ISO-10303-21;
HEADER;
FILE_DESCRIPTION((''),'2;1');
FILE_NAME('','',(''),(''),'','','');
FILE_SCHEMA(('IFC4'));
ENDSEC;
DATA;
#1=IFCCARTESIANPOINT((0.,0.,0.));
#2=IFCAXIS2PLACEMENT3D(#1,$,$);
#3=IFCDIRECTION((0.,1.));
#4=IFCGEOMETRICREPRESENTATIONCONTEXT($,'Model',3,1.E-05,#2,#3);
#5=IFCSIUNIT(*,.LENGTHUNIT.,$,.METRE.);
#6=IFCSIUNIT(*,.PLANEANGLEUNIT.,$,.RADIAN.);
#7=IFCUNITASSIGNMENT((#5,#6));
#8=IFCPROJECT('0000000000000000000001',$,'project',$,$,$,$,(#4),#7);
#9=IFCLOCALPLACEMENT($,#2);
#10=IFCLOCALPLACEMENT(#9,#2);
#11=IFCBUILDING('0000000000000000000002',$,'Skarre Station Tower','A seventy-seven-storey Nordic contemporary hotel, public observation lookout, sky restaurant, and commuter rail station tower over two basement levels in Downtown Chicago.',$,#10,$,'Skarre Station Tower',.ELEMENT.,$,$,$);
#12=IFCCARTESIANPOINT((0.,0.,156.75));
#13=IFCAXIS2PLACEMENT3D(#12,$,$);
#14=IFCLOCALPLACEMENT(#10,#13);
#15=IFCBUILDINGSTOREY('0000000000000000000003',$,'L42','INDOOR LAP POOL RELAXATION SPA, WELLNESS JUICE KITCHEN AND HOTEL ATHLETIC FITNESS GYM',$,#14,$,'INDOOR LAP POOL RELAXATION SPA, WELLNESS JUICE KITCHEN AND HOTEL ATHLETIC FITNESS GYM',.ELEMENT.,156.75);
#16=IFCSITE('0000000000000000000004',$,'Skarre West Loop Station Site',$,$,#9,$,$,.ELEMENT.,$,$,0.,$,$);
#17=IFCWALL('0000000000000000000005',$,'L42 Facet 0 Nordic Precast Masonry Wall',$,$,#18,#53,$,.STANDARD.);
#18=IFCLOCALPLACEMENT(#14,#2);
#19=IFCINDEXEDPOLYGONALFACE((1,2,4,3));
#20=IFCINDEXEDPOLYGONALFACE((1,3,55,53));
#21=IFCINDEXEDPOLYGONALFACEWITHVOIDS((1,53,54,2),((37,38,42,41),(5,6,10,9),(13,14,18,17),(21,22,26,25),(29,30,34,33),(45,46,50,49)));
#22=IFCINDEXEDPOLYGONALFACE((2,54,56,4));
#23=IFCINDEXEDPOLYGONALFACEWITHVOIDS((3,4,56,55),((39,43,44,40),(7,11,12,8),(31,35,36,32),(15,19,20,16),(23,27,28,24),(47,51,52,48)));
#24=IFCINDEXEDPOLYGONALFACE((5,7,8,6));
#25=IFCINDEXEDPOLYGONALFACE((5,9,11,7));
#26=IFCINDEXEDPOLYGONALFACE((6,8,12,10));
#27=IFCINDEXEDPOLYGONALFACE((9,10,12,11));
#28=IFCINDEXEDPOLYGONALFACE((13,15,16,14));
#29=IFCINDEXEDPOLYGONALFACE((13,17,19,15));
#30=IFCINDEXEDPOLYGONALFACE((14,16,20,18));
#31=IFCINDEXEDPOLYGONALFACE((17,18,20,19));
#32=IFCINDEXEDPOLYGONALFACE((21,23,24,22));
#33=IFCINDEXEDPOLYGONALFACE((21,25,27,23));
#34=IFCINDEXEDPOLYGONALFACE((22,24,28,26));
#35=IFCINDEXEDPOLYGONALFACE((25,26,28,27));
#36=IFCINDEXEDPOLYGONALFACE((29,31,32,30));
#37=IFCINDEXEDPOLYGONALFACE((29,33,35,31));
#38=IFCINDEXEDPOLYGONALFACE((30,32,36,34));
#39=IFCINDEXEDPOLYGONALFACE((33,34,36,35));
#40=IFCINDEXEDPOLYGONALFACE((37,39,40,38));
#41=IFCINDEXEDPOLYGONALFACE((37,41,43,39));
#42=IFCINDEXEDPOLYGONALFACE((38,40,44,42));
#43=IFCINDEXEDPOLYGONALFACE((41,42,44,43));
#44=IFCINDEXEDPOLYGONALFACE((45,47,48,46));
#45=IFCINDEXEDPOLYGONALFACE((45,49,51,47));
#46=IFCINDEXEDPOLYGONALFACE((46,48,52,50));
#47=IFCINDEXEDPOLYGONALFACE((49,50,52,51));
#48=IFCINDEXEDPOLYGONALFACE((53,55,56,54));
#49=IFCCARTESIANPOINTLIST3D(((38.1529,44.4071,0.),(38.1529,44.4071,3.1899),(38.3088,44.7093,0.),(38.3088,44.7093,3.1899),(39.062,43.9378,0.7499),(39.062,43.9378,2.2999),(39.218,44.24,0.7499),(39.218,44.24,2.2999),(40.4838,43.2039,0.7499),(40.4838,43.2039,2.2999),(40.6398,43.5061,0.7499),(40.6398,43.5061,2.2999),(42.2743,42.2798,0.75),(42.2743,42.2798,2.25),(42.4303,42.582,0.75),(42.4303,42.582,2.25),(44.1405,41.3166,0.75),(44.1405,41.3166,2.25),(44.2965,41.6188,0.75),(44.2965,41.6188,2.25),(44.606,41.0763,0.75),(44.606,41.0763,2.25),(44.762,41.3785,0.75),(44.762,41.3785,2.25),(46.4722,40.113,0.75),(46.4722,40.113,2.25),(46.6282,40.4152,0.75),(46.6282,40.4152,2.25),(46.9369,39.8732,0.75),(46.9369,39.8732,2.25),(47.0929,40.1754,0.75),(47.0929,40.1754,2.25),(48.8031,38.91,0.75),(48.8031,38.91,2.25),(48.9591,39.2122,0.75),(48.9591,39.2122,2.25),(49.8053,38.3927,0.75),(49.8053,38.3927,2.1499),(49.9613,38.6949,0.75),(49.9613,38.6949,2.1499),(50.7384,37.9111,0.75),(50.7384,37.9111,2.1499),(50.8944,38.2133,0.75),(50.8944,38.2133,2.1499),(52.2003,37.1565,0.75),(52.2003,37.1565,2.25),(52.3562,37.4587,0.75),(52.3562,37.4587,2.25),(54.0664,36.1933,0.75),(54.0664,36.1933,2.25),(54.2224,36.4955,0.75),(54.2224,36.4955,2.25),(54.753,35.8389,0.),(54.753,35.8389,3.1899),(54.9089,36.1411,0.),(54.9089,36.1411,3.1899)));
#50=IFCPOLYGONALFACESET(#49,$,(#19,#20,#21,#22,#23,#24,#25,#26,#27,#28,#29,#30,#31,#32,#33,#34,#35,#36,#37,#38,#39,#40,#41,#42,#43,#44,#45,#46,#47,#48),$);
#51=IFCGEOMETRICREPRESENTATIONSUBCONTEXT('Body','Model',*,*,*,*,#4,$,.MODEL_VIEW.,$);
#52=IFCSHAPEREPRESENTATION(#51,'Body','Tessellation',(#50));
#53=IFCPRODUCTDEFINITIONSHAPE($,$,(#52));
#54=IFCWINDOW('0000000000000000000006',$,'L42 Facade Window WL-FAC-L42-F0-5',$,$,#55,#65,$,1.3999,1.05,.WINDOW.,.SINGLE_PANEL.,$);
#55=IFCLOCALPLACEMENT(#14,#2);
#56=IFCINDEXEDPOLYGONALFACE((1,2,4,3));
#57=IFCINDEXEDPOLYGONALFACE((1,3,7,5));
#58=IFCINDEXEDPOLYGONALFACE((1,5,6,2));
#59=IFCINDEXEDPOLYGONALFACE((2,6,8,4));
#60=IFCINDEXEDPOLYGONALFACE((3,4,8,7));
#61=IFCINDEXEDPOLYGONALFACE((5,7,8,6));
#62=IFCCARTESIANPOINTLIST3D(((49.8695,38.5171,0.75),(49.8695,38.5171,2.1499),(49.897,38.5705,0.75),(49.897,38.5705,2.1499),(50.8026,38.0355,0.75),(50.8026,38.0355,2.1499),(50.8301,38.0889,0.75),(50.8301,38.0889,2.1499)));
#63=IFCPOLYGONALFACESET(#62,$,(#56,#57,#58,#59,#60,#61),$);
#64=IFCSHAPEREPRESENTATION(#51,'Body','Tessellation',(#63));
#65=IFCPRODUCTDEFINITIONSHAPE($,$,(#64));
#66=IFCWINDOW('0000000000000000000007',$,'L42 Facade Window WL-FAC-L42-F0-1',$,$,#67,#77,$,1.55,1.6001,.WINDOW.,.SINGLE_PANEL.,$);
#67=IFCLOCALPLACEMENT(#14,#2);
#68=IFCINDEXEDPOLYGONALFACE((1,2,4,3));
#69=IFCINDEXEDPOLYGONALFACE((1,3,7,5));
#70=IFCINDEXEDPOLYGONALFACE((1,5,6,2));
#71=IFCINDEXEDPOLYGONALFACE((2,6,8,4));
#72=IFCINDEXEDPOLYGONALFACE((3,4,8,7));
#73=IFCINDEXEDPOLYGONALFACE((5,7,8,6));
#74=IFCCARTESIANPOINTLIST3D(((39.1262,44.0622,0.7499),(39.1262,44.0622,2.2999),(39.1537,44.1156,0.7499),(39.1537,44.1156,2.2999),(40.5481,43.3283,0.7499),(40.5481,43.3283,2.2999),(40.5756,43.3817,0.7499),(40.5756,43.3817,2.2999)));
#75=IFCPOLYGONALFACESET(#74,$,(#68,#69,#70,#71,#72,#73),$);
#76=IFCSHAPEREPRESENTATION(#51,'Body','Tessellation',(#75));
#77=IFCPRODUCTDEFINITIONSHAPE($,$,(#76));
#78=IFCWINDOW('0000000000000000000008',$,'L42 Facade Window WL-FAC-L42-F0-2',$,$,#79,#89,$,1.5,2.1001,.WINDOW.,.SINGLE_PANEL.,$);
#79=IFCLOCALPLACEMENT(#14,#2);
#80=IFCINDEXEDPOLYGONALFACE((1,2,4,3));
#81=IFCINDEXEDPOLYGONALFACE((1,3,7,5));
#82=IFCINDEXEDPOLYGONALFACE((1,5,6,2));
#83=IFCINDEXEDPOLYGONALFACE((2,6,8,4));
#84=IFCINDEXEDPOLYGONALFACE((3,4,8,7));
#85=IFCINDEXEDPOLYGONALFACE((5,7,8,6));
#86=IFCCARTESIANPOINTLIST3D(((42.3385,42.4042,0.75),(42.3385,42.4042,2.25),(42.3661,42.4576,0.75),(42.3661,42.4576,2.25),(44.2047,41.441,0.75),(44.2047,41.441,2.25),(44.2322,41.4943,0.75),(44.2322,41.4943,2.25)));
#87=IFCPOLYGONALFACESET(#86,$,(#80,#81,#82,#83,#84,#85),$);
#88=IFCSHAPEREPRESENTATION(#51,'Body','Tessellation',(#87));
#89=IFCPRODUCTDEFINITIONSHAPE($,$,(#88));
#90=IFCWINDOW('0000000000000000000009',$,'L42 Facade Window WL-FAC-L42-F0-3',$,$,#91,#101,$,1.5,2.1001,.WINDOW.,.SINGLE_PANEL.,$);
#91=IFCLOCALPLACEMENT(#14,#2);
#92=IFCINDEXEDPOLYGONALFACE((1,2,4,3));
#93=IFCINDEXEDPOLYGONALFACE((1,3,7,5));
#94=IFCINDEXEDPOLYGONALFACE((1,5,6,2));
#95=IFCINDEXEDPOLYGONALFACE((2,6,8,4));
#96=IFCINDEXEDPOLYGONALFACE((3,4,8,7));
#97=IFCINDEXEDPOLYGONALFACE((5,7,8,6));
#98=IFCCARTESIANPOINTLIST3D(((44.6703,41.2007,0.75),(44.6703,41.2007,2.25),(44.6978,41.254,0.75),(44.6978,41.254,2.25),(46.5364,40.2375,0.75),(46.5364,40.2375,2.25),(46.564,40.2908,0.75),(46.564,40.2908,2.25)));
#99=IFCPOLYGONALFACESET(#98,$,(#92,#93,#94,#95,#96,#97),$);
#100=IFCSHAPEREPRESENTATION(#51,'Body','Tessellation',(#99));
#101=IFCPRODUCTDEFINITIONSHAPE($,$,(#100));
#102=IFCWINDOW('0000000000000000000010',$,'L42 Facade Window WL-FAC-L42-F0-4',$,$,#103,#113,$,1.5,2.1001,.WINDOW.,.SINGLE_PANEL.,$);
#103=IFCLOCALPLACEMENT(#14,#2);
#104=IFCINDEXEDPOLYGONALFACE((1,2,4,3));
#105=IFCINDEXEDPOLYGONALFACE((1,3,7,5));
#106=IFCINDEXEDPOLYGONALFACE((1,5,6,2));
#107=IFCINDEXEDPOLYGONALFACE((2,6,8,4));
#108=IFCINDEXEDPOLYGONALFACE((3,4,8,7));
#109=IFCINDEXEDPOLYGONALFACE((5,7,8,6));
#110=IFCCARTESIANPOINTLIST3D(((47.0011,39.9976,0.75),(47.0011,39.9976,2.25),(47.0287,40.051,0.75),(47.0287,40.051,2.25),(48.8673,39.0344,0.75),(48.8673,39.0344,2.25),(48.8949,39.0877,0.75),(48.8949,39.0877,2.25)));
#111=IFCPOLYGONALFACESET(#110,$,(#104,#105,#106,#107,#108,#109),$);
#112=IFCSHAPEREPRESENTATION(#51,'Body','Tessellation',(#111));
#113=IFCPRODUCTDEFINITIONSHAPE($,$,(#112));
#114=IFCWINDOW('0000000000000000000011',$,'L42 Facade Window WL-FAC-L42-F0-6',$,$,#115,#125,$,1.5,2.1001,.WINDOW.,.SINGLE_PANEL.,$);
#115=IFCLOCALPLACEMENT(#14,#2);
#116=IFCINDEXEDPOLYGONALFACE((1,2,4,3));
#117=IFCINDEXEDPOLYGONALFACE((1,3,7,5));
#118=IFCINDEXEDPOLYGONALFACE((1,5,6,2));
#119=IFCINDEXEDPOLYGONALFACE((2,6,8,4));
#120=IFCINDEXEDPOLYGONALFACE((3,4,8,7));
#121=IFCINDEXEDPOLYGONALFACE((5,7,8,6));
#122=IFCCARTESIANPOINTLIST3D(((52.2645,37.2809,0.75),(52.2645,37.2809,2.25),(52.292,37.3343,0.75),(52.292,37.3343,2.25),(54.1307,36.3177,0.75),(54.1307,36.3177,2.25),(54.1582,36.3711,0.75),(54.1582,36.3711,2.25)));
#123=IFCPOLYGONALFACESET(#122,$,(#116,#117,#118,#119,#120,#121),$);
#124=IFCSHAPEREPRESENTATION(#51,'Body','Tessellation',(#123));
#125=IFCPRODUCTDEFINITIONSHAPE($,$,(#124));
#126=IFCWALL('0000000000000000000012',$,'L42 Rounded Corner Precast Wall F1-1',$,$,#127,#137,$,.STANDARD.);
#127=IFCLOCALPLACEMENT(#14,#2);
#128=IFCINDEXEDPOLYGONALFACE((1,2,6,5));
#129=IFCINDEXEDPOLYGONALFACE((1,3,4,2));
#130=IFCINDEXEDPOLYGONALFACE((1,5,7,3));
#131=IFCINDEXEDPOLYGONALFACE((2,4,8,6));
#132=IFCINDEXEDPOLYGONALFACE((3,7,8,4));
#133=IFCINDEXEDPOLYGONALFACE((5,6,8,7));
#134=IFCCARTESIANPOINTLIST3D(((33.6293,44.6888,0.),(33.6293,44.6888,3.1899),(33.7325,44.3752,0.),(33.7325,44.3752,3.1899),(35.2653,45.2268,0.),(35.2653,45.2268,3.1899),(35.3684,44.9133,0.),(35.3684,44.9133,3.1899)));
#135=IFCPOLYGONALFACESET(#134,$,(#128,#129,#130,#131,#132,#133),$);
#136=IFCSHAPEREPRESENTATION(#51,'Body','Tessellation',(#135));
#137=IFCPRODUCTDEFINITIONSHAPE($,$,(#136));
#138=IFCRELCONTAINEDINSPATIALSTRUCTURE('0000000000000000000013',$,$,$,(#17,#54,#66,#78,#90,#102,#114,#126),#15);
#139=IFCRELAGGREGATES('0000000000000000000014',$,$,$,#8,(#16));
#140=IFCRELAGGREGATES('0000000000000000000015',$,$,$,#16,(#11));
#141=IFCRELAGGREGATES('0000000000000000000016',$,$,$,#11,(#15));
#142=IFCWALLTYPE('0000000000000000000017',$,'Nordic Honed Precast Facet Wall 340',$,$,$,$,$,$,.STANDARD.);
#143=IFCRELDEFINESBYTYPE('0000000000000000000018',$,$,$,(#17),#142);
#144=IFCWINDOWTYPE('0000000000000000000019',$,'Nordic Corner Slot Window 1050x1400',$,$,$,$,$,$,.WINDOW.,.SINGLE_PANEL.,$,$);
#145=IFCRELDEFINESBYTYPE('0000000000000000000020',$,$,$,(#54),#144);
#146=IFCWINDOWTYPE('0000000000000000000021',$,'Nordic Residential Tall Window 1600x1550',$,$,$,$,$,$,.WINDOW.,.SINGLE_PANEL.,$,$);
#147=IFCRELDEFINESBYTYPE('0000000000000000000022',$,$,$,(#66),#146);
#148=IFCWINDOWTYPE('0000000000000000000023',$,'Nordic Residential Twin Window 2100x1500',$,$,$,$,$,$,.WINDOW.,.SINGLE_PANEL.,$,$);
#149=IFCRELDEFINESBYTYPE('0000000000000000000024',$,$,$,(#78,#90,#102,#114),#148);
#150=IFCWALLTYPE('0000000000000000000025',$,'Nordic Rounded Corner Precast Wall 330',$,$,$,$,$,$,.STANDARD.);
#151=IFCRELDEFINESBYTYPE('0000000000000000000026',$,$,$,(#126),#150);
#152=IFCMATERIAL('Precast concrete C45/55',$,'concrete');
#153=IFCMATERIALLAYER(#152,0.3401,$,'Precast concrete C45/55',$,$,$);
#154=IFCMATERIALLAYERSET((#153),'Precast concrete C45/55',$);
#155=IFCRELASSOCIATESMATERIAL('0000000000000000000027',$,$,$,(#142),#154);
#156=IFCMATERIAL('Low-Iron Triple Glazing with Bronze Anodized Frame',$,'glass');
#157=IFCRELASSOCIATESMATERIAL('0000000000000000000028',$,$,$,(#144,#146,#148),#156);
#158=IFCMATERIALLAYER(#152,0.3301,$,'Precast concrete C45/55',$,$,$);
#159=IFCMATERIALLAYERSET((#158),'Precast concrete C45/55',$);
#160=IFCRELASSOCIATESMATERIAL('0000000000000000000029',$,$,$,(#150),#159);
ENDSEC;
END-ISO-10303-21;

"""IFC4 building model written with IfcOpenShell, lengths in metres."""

from ifc_helpers import new_model, si_unit, direction, frame, frame_2d, origin, place, context, subcontext, project, spatial, rectangle, extrude, material, layer, layer_set, type_object, element, fill, save


model = new_model("IFC4")

# Units and contexts
model_context = context("Model", 3, precision=1e-05, world=origin(), true_north=direction((0.0, 1.0)))
body_context = subcontext(model_context, "Body", "Model", "MODEL_VIEW")
ifc_project = project(units=[si_unit("LENGTHUNIT", "METRE"), si_unit("PLANEANGLEUNIT", "RADIAN")], contexts=[model_context])

# Site, building, storey
site_placement = place(None, origin())
site = spatial("IfcSite", under=ifc_project, at=site_placement, Name="Skarre West Loop Station Site", CompositionType="ELEMENT", RefElevation=0.0)
building_placement = place(site_placement, origin())
building = spatial("IfcBuilding", under=site, at=building_placement, Name="Skarre Station Tower", Description="A seventy-seven-storey Nordic contemporary hotel, public observation lookout, sky restaurant, and commuter rail station tower over two basement levels in Downtown Chicago.", LongName="Skarre Station Tower", CompositionType="ELEMENT")
storey_placement = place(building_placement, frame((0.0, 0.0, 156.75)))
storey = spatial("IfcBuildingStorey", under=building, at=storey_placement, Name="L42", Description="INDOOR LAP POOL RELAXATION SPA, WELLNESS JUICE KITCHEN AND HOTEL ATHLETIC FITNESS GYM", LongName="INDOOR LAP POOL RELAXATION SPA, WELLNESS JUICE KITCHEN AND HOTEL ATHLETIC FITNESS GYM", CompositionType="ELEMENT", Elevation=156.75)

# Wall, openings, windows
ifc_material_1 = material(Name="Precast concrete C45/55", Category="concrete")
ifc_layer_1 = layer(ifc_material_1, 0.3401, Name="Precast concrete C45/55")
ifc_layer_set_1 = layer_set([ifc_layer_1], Name="Precast concrete C45/55")
wall_type_1 = type_object("IfcWallType", Name="Nordic Honed Precast Facet Wall 340", PredefinedType="STANDARD", material=ifc_layer_set_1)
wall_1_placement = place(storey_placement, frame((38.231, 44.5581, 0.0), z_axis=(0.0, 0.0, 1.0), x_axis=(0.888614, -0.458657, 0.0)))
wall_1 = element("IfcWall", 1, at=wall_1_placement, inside=storey, type_object=wall_type_1, Name="L42 Facet 0 Nordic Precast Masonry Wall", PredefinedType="STANDARD", context=body_context, shape_type="SweptSolid", body=[
    extrude(rectangle(XDim=18.6809, YDim=0.3401, at=frame_2d((9.3403, 0.0))), origin(), (0.0, 0.0, 1.0), 3.1899),
])
opening_1_placement = place(wall_1_placement, frame((1.0229, 0.0, 0.75)))
opening_1 = element("IfcOpeningElement", 2, at=opening_1_placement, cuts=wall_1, PredefinedType="OPENING", context=body_context, shape_type="SweptSolid", body=[
    extrude(rectangle(XDim=1.6001, YDim=1.55, at=frame_2d((0.8, 0.7749))), frame((0.0, 0.1799, 0.0), z_axis=(0.0, -1.0, 0.0), x_axis=(1.0, 0.0, 0.0)), (0.0, 0.0, 1.0), 0.3601),
])
opening_2_placement = place(wall_1_placement, frame((4.6379, 0.0, 0.75)))
opening_2 = element("IfcOpeningElement", 3, at=opening_2_placement, cuts=wall_1, PredefinedType="OPENING", context=body_context, shape_type="SweptSolid", body=[
    extrude(rectangle(XDim=2.1001, YDim=1.5, at=frame_2d((1.05, 0.75))), frame((0.0, 0.1799, 0.0), z_axis=(0.0, -1.0, 0.0), x_axis=(1.0, 0.0, 0.0)), (0.0, 0.0, 1.0), 0.3601),
])
opening_3_placement = place(wall_1_placement, frame((7.262, 0.0, 0.75)))
opening_3 = element("IfcOpeningElement", 4, at=opening_3_placement, cuts=wall_1, PredefinedType="OPENING", context=body_context, shape_type="SweptSolid", body=[
    extrude(rectangle(XDim=2.1001, YDim=1.5, at=frame_2d((1.05, 0.75))), frame((0.0, 0.1799, 0.0), z_axis=(0.0, -1.0, 0.0), x_axis=(1.0, 0.0, 0.0)), (0.0, 0.0, 1.0), 0.3601),
])
opening_4_placement = place(wall_1_placement, frame((9.885, 0.0, 0.75)))
opening_4 = element("IfcOpeningElement", 5, at=opening_4_placement, cuts=wall_1, PredefinedType="OPENING", context=body_context, shape_type="SweptSolid", body=[
    extrude(rectangle(XDim=2.1001, YDim=1.5, at=frame_2d((1.05, 0.75))), frame((0.0, 0.1799, 0.0), z_axis=(0.0, -1.0, 0.0), x_axis=(1.0, 0.0, 0.0)), (0.0, 0.0, 1.0), 0.3601),
])
opening_5_placement = place(wall_1_placement, frame((13.113, 0.0, 0.75)))
opening_5 = element("IfcOpeningElement", 6, at=opening_5_placement, cuts=wall_1, PredefinedType="OPENING", context=body_context, shape_type="SweptSolid", body=[
    extrude(rectangle(XDim=1.05, YDim=1.3999, at=frame_2d((0.5249, 0.7))), frame((0.0, 0.1799, 0.0), z_axis=(0.0, -1.0, 0.0), x_axis=(1.0, 0.0, 0.0)), (0.0, 0.0, 1.0), 0.3601),
])
opening_6_placement = place(wall_1_placement, frame((15.8081, 0.0, 0.75)))
opening_6 = element("IfcOpeningElement", 7, at=opening_6_placement, cuts=wall_1, PredefinedType="OPENING", context=body_context, shape_type="SweptSolid", body=[
    extrude(rectangle(XDim=2.1001, YDim=1.5, at=frame_2d((1.05, 0.75))), frame((0.0, 0.1799, 0.0), z_axis=(0.0, -1.0, 0.0), x_axis=(1.0, 0.0, 0.0)), (0.0, 0.0, 1.0), 0.3601),
])
ifc_material_2 = material(Name="Low-Iron Triple Glazing with Bronze Anodized Frame", Category="glass")
window_type_1 = type_object("IfcWindowType", Name="Nordic Corner Slot Window 1050x1400", PartitioningType="SINGLE_PANEL", PredefinedType="WINDOW", material=ifc_material_2)
window_1_placement = place(opening_5_placement, origin())
window_1 = element("IfcWindow", 8, at=window_1_placement, inside=storey, type_object=window_type_1, Name="L42 Facade Window WL-FAC-L42-F0-5", OverallHeight=1.3999, OverallWidth=1.05, PartitioningType="SINGLE_PANEL", PredefinedType="WINDOW", context=body_context, shape_type="SweptSolid", body=[
    extrude(rectangle(XDim=1.05, YDim=1.3999, at=frame_2d((0.5249, 0.7))), frame((0.0, 0.03, 0.0), z_axis=(0.0, -1.0, 0.0), x_axis=(1.0, 0.0, 0.0)), (0.0, 0.0, 1.0), 0.0601),
])
fill(opening_5, window_1)
window_type_2 = type_object("IfcWindowType", Name="Nordic Residential Tall Window 1600x1550", PartitioningType="SINGLE_PANEL", PredefinedType="WINDOW", material=ifc_material_2)
window_2_placement = place(opening_1_placement, origin())
window_2 = element("IfcWindow", 9, at=window_2_placement, inside=storey, type_object=window_type_2, Name="L42 Facade Window WL-FAC-L42-F0-1", OverallHeight=1.55, OverallWidth=1.6001, PartitioningType="SINGLE_PANEL", PredefinedType="WINDOW", context=body_context, shape_type="SweptSolid", body=[
    extrude(rectangle(XDim=1.6001, YDim=1.55, at=frame_2d((0.8, 0.7749))), frame((0.0, 0.03, 0.0), z_axis=(0.0, -1.0, 0.0), x_axis=(1.0, 0.0, 0.0)), (0.0, 0.0, 1.0), 0.0601),
])
fill(opening_1, window_2)
window_type_3 = type_object("IfcWindowType", Name="Nordic Residential Twin Window 2100x1500", PartitioningType="SINGLE_PANEL", PredefinedType="WINDOW", material=ifc_material_2)
window_3_placement = place(opening_2_placement, origin())
window_3 = element("IfcWindow", 10, at=window_3_placement, inside=storey, type_object=window_type_3, Name="L42 Facade Window WL-FAC-L42-F0-2", OverallHeight=1.5, OverallWidth=2.1001, PartitioningType="SINGLE_PANEL", PredefinedType="WINDOW", context=body_context, shape_type="SweptSolid", body=[
    extrude(rectangle(XDim=2.1001, YDim=1.5, at=frame_2d((1.05, 0.75))), frame((0.0, 0.03, 0.0), z_axis=(0.0, -1.0, 0.0), x_axis=(1.0, 0.0, 0.0)), (0.0, 0.0, 1.0), 0.0601),
])
fill(opening_2, window_3)
window_4_placement = place(opening_3_placement, origin())
window_4 = element("IfcWindow", 11, at=window_4_placement, inside=storey, type_object=window_type_3, Name="L42 Facade Window WL-FAC-L42-F0-3", OverallHeight=1.5, OverallWidth=2.1001, PartitioningType="SINGLE_PANEL", PredefinedType="WINDOW", context=body_context, shape_type="SweptSolid", body=[
    extrude(rectangle(XDim=2.1001, YDim=1.5, at=frame_2d((1.05, 0.75))), frame((0.0, 0.03, 0.0), z_axis=(0.0, -1.0, 0.0), x_axis=(1.0, 0.0, 0.0)), (0.0, 0.0, 1.0), 0.0601),
])
fill(opening_3, window_4)
window_5_placement = place(opening_4_placement, origin())
window_5 = element("IfcWindow", 12, at=window_5_placement, inside=storey, type_object=window_type_3, Name="L42 Facade Window WL-FAC-L42-F0-4", OverallHeight=1.5, OverallWidth=2.1001, PartitioningType="SINGLE_PANEL", PredefinedType="WINDOW", context=body_context, shape_type="SweptSolid", body=[
    extrude(rectangle(XDim=2.1001, YDim=1.5, at=frame_2d((1.05, 0.75))), frame((0.0, 0.03, 0.0), z_axis=(0.0, -1.0, 0.0), x_axis=(1.0, 0.0, 0.0)), (0.0, 0.0, 1.0), 0.0601),
])
fill(opening_4, window_5)
window_6_placement = place(opening_6_placement, origin())
window_6 = element("IfcWindow", 13, at=window_6_placement, inside=storey, type_object=window_type_3, Name="L42 Facade Window WL-FAC-L42-F0-6", OverallHeight=1.5, OverallWidth=2.1001, PartitioningType="SINGLE_PANEL", PredefinedType="WINDOW", context=body_context, shape_type="SweptSolid", body=[
    extrude(rectangle(XDim=2.1001, YDim=1.5, at=frame_2d((1.05, 0.75))), frame((0.0, 0.03, 0.0), z_axis=(0.0, -1.0, 0.0), x_axis=(1.0, 0.0, 0.0)), (0.0, 0.0, 1.0), 0.0601),
])
fill(opening_6, window_6)

# Wall
ifc_layer_2 = layer(ifc_material_1, 0.3301, Name="Precast concrete C45/55")
ifc_layer_set_2 = layer_set([ifc_layer_2], Name="Precast concrete C45/55")
wall_type_2 = type_object("IfcWallType", Name="Nordic Rounded Corner Precast Wall 330", PredefinedType="STANDARD", material=ifc_layer_set_2)
wall_2_placement = place(storey_placement, frame((33.6809, 44.532, 0.0), z_axis=(0.0, 0.0, 1.0), x_axis=(0.949937, 0.31244, 0.0)))
element("IfcWall", 14, at=wall_2_placement, inside=storey, type_object=wall_type_2, Name="L42 Rounded Corner Precast Wall F1-1", PredefinedType="STANDARD", context=body_context, shape_type="SweptSolid", body=[
    extrude(rectangle(XDim=1.7222, YDim=0.3301, at=frame_2d((0.8611, 0.0))), origin(), (0.0, 0.0, 1.0), 3.1899),
])

save(model, "model.ifc")
